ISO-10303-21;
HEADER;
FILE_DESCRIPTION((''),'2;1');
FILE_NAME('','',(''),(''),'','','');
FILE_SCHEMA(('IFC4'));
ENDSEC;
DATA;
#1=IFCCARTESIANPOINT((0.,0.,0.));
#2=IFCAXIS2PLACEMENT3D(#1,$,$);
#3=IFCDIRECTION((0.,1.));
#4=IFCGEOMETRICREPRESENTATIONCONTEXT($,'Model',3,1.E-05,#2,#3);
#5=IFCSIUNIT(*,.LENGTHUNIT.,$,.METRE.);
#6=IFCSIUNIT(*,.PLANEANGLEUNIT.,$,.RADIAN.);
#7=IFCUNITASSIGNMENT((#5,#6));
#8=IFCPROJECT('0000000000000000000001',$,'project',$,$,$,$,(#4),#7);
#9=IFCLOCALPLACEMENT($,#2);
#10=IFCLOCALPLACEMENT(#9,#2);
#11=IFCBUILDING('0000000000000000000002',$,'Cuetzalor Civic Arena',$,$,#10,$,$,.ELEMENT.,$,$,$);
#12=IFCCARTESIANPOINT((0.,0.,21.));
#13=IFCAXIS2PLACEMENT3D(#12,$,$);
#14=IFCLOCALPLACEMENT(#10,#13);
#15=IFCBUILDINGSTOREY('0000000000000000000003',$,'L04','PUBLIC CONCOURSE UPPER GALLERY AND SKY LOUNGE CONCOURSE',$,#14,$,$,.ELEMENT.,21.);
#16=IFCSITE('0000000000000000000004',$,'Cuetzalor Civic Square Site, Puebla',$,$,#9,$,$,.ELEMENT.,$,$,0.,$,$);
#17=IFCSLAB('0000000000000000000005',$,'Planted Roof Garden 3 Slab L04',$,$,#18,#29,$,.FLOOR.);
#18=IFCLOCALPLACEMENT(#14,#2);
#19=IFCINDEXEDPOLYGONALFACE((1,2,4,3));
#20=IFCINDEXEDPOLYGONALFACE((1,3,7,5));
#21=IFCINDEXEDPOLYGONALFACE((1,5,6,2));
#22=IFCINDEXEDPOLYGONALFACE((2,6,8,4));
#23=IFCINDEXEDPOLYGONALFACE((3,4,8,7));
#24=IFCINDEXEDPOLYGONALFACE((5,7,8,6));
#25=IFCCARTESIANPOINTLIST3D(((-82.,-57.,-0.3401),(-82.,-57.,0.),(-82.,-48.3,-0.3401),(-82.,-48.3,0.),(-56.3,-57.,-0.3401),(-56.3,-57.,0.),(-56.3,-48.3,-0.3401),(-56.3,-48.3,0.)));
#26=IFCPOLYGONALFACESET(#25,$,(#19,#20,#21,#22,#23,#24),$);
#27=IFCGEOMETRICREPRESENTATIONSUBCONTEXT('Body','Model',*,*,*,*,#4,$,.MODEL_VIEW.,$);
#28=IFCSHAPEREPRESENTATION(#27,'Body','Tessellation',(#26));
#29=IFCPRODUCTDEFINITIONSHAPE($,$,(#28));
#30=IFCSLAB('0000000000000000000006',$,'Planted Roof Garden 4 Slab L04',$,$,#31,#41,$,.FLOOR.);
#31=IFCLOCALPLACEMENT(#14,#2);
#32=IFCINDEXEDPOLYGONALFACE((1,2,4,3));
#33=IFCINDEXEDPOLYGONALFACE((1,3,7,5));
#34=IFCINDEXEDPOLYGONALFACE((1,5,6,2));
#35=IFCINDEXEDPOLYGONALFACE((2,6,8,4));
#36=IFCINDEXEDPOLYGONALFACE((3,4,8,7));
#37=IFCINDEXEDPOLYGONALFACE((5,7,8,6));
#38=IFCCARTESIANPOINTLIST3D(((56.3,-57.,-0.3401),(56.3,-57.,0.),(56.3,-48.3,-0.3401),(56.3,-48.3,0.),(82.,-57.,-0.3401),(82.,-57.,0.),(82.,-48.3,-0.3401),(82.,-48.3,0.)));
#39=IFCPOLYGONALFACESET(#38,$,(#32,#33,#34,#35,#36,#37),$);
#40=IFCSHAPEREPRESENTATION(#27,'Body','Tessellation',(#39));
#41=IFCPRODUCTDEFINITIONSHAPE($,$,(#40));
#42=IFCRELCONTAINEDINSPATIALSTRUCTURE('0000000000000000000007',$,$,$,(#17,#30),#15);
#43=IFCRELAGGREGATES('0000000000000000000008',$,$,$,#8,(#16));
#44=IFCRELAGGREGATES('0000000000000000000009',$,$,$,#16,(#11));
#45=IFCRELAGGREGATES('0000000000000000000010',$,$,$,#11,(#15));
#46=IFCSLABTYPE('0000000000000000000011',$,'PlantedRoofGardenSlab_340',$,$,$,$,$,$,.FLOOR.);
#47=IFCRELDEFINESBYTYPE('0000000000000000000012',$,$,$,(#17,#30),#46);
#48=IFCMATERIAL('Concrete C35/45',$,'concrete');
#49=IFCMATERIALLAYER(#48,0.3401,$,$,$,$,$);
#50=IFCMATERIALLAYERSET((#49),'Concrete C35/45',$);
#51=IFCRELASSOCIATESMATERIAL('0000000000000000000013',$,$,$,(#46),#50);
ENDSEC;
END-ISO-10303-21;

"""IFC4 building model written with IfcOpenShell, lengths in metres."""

from ifc_helpers import new_model, si_unit, direction, frame, origin, place, context, subcontext, project, spatial, polyline, outline, extrude, material, layer, layer_set, type_object, element, save


model = new_model("IFC4")

# Units and contexts
model_context = context("Model", 3, precision=1e-05, world=origin(), true_north=direction((0.0, 1.0)))
body_context = subcontext(model_context, "Body", "Model", "MODEL_VIEW")
ifc_project = project(units=[si_unit("LENGTHUNIT", "METRE"), si_unit("PLANEANGLEUNIT", "RADIAN")], contexts=[model_context])

# Site, building, storey
site_placement = place(None, origin())
site = spatial("IfcSite", under=ifc_project, at=site_placement, Name="Cuetzalor Civic Square Site, Puebla", CompositionType="ELEMENT", RefElevation=0.0)
building_placement = place(site_placement, origin())
building = spatial("IfcBuilding", under=site, at=building_placement, Name="Cuetzalor Civic Arena", CompositionType="ELEMENT")
storey_placement = place(building_placement, frame((0.0, 0.0, 21.0)))
storey = spatial("IfcBuildingStorey", under=building, at=storey_placement, Name="L04", Description="PUBLIC CONCOURSE UPPER GALLERY AND SKY LOUNGE CONCOURSE", CompositionType="ELEMENT", Elevation=21.0)

# Slabs
ifc_material_1 = material(Name="Concrete C35/45", Category="concrete")
ifc_layer_1 = layer(ifc_material_1, 0.3401)
ifc_layer_set_1 = layer_set([ifc_layer_1], Name="Concrete C35/45")
slab_type_1 = type_object("IfcSlabType", Name="PlantedRoofGardenSlab_340", PredefinedType="FLOOR", material=ifc_layer_set_1)
slab_1_placement = place(storey_placement, frame((0.0, 0.0, -0.3401)))
element("IfcSlab", 1, at=slab_1_placement, inside=storey, type_object=slab_type_1, Name="Planted Roof Garden 3 Slab L04", PredefinedType="FLOOR", context=body_context, shape_type="SweptSolid", body=[
    extrude(outline(polyline([(-82.0, -57.0), (-56.3, -57.0), (-56.3, -48.3), (-82.0, -48.3), (-82.0, -57.0)])), origin(), (0.0, 0.0, 1.0), 0.3401),
])
slab_2_placement = place(storey_placement, frame((0.0, 0.0, -0.3401)))
element("IfcSlab", 2, at=slab_2_placement, inside=storey, type_object=slab_type_1, Name="Planted Roof Garden 4 Slab L04", PredefinedType="FLOOR", context=body_context, shape_type="SweptSolid", body=[
    extrude(outline(polyline([(56.3, -57.0), (82.0, -57.0), (82.0, -48.3), (56.3, -48.3), (56.3, -57.0)])), origin(), (0.0, 0.0, 1.0), 0.3401),
])

save(model, "model.ifc")
